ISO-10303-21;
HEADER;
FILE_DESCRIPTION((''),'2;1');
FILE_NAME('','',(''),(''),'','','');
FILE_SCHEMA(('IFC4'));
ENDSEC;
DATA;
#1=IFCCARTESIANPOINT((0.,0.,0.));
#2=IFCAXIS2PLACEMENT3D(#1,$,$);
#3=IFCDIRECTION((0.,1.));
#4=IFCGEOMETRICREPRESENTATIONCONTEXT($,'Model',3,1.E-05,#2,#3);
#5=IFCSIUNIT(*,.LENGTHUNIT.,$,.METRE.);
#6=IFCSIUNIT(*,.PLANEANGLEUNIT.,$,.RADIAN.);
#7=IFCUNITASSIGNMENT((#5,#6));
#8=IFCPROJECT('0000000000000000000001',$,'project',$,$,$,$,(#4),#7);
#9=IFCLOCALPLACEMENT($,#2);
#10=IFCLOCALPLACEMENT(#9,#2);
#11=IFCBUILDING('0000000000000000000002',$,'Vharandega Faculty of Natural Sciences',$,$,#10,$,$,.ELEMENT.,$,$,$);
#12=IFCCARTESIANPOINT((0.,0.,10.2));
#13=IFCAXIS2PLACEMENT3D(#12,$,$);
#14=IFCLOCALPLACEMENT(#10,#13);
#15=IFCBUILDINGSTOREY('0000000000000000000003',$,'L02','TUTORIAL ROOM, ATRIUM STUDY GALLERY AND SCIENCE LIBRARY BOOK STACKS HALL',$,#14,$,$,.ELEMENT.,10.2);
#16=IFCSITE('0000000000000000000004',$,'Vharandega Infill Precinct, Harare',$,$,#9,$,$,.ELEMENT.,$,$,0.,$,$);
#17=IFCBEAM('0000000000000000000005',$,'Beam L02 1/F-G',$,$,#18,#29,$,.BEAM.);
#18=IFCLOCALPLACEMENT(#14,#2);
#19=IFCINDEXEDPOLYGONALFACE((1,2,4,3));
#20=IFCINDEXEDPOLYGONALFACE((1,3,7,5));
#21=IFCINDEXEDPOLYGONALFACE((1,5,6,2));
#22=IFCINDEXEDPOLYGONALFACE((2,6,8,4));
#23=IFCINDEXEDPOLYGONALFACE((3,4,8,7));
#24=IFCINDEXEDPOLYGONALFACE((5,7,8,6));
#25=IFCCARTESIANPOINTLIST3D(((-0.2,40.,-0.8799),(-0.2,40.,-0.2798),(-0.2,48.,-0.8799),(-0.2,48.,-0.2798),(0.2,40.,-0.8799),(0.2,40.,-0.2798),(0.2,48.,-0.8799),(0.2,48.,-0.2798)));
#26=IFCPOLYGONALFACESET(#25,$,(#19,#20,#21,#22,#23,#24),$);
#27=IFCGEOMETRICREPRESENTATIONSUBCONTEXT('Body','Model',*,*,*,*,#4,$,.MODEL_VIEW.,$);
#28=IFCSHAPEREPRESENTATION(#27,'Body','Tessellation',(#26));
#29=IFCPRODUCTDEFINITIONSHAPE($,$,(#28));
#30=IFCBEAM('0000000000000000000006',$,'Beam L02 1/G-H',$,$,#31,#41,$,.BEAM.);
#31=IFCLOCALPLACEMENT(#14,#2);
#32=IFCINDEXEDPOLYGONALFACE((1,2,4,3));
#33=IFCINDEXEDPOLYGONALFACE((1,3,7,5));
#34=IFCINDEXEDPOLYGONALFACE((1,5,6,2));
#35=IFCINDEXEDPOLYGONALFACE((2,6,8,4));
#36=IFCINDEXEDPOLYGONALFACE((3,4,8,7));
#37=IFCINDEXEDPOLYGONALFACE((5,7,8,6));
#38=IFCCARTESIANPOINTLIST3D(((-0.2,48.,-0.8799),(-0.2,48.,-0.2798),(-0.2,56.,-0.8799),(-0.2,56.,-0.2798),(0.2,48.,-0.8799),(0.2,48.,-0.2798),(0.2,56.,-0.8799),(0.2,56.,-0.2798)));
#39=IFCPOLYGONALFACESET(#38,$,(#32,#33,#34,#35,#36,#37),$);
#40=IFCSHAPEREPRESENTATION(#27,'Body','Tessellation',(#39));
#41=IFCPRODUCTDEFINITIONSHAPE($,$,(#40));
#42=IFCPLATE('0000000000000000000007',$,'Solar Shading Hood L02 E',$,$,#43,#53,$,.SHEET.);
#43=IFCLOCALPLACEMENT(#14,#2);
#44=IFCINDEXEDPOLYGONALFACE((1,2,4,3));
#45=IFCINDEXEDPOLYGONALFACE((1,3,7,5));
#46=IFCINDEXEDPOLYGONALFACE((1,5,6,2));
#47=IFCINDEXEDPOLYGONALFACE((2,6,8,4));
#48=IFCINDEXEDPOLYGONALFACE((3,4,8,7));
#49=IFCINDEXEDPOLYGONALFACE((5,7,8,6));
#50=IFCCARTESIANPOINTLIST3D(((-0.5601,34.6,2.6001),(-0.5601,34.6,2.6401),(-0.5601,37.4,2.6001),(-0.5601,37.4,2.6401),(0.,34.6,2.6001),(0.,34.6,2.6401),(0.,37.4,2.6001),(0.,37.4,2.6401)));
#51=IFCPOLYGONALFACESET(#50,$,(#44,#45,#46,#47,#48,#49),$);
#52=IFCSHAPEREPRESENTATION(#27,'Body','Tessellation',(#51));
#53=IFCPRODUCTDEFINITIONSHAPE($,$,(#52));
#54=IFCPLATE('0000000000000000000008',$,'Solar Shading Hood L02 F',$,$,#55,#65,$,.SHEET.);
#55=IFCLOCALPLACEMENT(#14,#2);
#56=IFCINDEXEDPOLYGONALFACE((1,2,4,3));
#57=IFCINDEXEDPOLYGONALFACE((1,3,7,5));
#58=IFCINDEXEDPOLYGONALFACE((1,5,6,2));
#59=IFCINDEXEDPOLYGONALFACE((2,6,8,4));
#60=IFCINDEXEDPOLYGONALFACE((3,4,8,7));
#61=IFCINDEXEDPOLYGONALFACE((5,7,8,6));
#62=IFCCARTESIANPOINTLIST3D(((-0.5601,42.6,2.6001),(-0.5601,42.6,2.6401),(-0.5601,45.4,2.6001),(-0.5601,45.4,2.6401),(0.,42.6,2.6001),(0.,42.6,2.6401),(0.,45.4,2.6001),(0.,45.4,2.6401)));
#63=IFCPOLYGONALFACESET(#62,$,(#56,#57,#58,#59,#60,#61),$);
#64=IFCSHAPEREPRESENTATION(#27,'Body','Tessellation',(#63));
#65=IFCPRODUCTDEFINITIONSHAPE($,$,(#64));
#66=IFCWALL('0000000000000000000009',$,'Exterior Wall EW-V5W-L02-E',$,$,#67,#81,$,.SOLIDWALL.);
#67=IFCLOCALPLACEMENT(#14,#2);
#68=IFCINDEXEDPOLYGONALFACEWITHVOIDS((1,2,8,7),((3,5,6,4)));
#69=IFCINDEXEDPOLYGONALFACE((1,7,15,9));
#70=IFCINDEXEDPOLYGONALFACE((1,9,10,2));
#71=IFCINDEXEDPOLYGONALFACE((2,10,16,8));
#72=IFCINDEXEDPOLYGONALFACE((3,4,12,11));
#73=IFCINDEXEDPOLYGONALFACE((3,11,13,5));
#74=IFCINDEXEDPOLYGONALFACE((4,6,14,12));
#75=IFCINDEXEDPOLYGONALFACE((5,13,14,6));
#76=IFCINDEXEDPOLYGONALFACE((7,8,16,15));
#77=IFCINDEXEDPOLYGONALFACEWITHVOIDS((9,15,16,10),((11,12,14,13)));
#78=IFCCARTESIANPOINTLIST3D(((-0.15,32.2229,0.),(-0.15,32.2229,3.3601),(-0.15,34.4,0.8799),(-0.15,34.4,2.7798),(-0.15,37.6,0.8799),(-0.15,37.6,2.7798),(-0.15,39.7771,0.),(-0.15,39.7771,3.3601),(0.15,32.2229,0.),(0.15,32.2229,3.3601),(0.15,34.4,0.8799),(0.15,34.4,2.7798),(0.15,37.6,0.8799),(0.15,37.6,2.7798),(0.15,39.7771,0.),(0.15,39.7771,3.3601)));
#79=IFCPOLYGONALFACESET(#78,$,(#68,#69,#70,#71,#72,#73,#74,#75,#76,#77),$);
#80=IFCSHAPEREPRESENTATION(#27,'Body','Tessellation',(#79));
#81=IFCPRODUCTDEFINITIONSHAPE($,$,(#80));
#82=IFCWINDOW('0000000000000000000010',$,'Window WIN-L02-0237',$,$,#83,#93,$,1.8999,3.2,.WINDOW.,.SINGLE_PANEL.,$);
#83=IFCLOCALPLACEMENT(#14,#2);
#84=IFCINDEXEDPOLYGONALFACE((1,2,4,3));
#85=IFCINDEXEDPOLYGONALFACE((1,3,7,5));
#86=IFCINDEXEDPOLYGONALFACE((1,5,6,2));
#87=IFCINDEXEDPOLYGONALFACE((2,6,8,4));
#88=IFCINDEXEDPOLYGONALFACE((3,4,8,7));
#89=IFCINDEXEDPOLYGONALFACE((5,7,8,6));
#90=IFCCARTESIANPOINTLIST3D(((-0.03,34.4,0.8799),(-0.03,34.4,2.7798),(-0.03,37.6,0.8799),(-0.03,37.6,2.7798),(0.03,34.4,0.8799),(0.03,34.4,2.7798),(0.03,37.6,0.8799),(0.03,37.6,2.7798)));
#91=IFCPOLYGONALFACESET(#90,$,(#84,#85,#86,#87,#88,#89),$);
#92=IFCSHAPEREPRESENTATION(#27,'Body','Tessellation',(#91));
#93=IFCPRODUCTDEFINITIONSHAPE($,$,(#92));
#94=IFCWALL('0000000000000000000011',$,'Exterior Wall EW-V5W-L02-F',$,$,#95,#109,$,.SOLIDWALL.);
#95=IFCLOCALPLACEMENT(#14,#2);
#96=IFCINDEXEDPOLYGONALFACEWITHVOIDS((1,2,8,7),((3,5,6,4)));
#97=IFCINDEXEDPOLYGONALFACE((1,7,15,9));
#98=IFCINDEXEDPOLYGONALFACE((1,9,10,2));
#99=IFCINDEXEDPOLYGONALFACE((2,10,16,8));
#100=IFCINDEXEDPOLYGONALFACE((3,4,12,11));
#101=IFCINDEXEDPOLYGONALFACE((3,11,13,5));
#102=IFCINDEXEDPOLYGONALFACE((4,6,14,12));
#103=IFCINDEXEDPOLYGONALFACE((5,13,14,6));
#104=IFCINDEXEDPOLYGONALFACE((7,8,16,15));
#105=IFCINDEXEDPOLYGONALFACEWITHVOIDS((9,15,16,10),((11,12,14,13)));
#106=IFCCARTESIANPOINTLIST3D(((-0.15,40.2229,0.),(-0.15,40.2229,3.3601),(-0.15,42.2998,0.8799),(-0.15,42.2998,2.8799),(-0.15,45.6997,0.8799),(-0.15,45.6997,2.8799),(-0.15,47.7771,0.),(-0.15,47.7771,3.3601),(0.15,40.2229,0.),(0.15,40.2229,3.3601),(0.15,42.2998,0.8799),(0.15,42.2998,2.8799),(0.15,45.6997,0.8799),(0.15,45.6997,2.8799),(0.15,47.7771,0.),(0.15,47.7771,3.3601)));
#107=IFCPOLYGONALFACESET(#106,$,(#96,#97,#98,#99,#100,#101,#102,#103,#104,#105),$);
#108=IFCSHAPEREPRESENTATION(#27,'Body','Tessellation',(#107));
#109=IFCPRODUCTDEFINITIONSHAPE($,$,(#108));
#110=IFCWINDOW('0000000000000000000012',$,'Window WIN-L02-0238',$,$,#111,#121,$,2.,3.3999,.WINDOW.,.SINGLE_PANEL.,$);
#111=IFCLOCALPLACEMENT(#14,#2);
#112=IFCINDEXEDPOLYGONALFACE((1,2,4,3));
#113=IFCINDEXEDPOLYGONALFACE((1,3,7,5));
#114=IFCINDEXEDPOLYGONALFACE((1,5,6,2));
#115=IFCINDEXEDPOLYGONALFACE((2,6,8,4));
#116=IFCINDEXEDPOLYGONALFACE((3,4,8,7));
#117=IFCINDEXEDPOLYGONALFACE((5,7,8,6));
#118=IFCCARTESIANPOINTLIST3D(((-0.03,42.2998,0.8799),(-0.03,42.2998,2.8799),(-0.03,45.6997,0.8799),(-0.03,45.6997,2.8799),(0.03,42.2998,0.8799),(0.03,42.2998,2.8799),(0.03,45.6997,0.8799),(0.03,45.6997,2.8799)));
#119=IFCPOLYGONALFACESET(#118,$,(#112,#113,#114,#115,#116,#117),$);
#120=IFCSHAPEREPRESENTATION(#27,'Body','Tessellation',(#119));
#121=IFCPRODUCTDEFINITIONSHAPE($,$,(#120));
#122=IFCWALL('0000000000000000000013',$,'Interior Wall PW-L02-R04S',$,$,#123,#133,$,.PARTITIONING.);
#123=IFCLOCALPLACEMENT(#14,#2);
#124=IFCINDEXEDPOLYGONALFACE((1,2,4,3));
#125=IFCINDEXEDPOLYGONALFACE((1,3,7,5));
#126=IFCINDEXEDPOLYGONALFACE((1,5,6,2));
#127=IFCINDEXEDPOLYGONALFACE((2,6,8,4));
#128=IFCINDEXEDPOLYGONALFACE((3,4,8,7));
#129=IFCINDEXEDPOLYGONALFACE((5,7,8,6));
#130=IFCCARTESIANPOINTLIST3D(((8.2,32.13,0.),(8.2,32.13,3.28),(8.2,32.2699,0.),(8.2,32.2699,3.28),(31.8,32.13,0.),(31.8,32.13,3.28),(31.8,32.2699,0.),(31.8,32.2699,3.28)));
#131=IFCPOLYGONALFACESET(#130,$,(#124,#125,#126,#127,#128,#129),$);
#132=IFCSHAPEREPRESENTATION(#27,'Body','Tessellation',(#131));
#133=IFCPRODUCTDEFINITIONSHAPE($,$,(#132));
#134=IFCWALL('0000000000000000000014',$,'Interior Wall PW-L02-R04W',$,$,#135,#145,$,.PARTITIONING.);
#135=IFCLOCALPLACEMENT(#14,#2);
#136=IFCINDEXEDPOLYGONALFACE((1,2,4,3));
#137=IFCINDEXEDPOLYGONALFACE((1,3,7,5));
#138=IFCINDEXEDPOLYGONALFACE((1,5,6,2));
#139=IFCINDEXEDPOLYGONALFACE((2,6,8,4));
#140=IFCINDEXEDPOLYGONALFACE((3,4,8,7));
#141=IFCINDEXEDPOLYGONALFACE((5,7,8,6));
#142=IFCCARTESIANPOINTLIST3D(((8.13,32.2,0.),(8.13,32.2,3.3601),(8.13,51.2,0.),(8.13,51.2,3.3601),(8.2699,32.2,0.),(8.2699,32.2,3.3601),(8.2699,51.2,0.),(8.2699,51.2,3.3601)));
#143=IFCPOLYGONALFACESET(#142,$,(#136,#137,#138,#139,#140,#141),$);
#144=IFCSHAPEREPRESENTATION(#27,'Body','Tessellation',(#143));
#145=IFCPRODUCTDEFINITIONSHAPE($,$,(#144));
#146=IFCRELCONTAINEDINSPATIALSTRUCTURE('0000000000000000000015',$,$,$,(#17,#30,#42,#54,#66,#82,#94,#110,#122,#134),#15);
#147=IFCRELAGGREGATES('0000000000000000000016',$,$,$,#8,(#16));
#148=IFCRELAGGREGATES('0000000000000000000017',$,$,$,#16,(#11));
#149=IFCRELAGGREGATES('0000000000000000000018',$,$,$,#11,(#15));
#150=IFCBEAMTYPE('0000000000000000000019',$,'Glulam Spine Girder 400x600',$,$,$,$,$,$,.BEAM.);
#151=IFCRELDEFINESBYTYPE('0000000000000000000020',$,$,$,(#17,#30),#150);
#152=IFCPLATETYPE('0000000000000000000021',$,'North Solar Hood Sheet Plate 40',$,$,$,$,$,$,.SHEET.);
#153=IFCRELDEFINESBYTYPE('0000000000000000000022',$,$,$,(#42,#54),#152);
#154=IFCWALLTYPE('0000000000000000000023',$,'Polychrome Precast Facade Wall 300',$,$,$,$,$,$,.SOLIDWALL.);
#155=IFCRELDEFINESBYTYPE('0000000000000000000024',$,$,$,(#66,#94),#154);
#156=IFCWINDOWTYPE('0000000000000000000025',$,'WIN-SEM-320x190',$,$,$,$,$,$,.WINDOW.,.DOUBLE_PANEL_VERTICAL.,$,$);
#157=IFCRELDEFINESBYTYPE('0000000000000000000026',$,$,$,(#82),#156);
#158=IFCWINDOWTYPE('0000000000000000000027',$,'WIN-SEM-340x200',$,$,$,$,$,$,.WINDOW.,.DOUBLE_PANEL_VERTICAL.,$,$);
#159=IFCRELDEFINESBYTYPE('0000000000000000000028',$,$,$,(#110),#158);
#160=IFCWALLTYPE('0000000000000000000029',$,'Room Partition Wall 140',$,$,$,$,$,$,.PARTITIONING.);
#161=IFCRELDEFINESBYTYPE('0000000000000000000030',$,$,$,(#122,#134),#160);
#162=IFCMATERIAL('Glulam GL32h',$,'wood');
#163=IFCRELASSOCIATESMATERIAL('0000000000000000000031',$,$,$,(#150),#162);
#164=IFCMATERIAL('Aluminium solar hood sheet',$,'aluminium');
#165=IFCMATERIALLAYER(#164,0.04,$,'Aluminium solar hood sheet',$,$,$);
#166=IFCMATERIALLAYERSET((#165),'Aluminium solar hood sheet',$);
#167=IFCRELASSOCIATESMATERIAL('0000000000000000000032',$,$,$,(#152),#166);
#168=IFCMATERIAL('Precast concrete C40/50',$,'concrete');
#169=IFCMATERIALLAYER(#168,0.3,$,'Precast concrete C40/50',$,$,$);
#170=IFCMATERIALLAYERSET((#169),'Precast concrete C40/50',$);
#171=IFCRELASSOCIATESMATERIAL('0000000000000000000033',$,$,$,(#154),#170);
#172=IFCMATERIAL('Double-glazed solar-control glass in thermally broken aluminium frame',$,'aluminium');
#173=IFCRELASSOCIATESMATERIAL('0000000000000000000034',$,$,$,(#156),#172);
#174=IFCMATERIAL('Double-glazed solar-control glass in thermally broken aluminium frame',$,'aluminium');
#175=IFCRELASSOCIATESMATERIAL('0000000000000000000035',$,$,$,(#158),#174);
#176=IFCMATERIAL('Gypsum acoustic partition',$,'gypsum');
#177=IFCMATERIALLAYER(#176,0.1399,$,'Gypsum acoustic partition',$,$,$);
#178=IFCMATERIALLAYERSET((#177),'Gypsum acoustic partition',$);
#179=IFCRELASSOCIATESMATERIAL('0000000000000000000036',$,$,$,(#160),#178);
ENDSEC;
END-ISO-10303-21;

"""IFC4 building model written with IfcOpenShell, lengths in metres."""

from ifc_helpers import new_model, si_unit, direction, frame, frame_2d, origin, origin_2d, place, context, subcontext, project, spatial, rectangle, extrude, material, layer, layer_set, material_profile, profile_set, type_object, element, fill, save


model = new_model("IFC4")

# Units and contexts
model_context = context("Model", 3, precision=1e-05, world=origin(), true_north=direction((0.0, 1.0)))
body_context = subcontext(model_context, "Body", "Model", "MODEL_VIEW")
ifc_project = project(units=[si_unit("LENGTHUNIT", "METRE"), si_unit("PLANEANGLEUNIT", "RADIAN")], contexts=[model_context])

# Site, building, storey
site_placement = place(None, origin())
site = spatial("IfcSite", under=ifc_project, at=site_placement, Name="Vharandega Infill Precinct, Harare", CompositionType="ELEMENT", RefElevation=0.0)
building_placement = place(site_placement, origin())
building = spatial("IfcBuilding", under=site, at=building_placement, Name="Vharandega Faculty of Natural Sciences", CompositionType="ELEMENT")
storey_placement = place(building_placement, frame((0.0, 0.0, 10.2)))
storey = spatial("IfcBuildingStorey", under=building, at=storey_placement, Name="L02", Description="TUTORIAL ROOM, ATRIUM STUDY GALLERY AND SCIENCE LIBRARY BOOK STACKS HALL", CompositionType="ELEMENT", Elevation=10.2)

# Beams
ifc_material_1 = material(Name="Glulam GL32h", Category="wood")
ifc_material_profile_1 = material_profile(ifc_material_1, rectangle(XDim=0.3999, YDim=0.6001, at=origin_2d()), Name="GL32h 400x600")
ifc_profile_set_1 = profile_set([ifc_material_profile_1], Name="Glulam GL32h")
beam_type_1 = type_object("IfcBeamType", Name="Glulam Spine Girder 400x600", PredefinedType="BEAM", material=ifc_profile_set_1)
for number, where, z_axis, x_axis, name in (
    (1, (0.0, 40.0, -0.5798), (0.0, 1.0, 0.0), (-1.0, 0.0, 0.0), "Beam L02 1/F-G"),
    (2, (0.0, 48.0, -0.5798), (0.0, 1.0, 0.0), (-1.0, 0.0, 0.0), "Beam L02 1/G-H"),
):
    element("IfcBeam", number, at=place(storey_placement, frame(where, z_axis=z_axis, x_axis=x_axis)), inside=storey, type_object=beam_type_1, Name=name, PredefinedType="BEAM", context=body_context, shape_type="SweptSolid", body=[
        extrude(rectangle(XDim=0.3999, YDim=0.6001, at=origin_2d()), origin(), (0.0, 0.0, 1.0), 8.0),
    ])

# Plates
ifc_material_2 = material(Name="Aluminium solar hood sheet", Category="aluminium")
ifc_layer_1 = layer(ifc_material_2, 0.04, Name="Aluminium solar hood sheet")
ifc_layer_set_1 = layer_set([ifc_layer_1], Name="Aluminium solar hood sheet")
plate_type = type_object("IfcPlateType", Name="North Solar Hood Sheet Plate 40", PredefinedType="SHEET", material=ifc_layer_set_1)
for number, where, z_axis, x_axis, name in (
    (3, (-0.28, 36.0, 2.6001), (0.0, 0.0, 1.0), (1.0, 0.0, 0.0), "Solar Shading Hood L02 E"),
    (4, (-0.28, 44.0, 2.6001), (0.0, 0.0, 1.0), (1.0, 0.0, 0.0), "Solar Shading Hood L02 F"),
):
    element("IfcPlate", number, at=place(storey_placement, frame(where, z_axis=z_axis, x_axis=x_axis)), inside=storey, type_object=plate_type, Name=name, PredefinedType="SHEET", context=body_context, shape_type="SweptSolid", body=[
        extrude(rectangle(XDim=0.5601, YDim=2.8, at=origin_2d()), origin(), (0.0, 0.0, 1.0), 0.04),
    ])

# Walls, openings, windows
ifc_material_3 = material(Name="Precast concrete C40/50", Category="concrete")
ifc_layer_2 = layer(ifc_material_3, 0.3, Name="Precast concrete C40/50")
ifc_layer_set_2 = layer_set([ifc_layer_2], Name="Precast concrete C40/50")
wall_type_1 = type_object("IfcWallType", Name="Polychrome Precast Facade Wall 300", PredefinedType="SOLIDWALL", material=ifc_layer_set_2)
wall_1_placement = place(storey_placement, frame((0.0, 32.2229, 0.0), z_axis=(0.0, 0.0, 1.0), x_axis=(0.0, 1.0, 0.0)))
wall_1 = element("IfcWall", 5, at=wall_1_placement, inside=storey, type_object=wall_type_1, Name="Exterior Wall EW-V5W-L02-E", PredefinedType="SOLIDWALL", context=body_context, shape_type="SweptSolid", body=[
    extrude(rectangle(XDim=7.5542, YDim=0.3, at=frame_2d((3.7771, 0.0))), origin(), (0.0, 0.0, 1.0), 3.3601),
])
opening_1_placement = place(wall_1_placement, frame((2.177, 0.0, 0.8799)))
opening_1 = element("IfcOpeningElement", 6, at=opening_1_placement, cuts=wall_1, PredefinedType="OPENING", context=body_context, shape_type="SweptSolid", body=[
    extrude(rectangle(XDim=3.2, YDim=1.8999, at=frame_2d((1.6001, 0.95))), frame((0.0, 0.1602, 0.0), z_axis=(0.0, -1.0, 0.0), x_axis=(1.0, 0.0, 0.0)), (0.0, 0.0, 1.0), 0.3201),
])
ifc_material_4 = material(Name="Double-glazed solar-control glass in thermally broken aluminium frame", Category="aluminium")
window_type_1 = type_object("IfcWindowType", Name="WIN-SEM-320x190", PartitioningType="DOUBLE_PANEL_VERTICAL", PredefinedType="WINDOW", material=ifc_material_4)
window_1_placement = place(opening_1_placement, origin())
window_1 = element("IfcWindow", 7, at=window_1_placement, inside=storey, type_object=window_type_1, Name="Window WIN-L02-0237", OverallHeight=1.8999, OverallWidth=3.2, PartitioningType="SINGLE_PANEL", PredefinedType="WINDOW", context=body_context, shape_type="SweptSolid", body=[
    extrude(rectangle(XDim=3.2, YDim=1.8999, at=frame_2d((1.6001, 0.95))), frame((0.0, 0.03, 0.0), z_axis=(0.0, -1.0, 0.0), x_axis=(1.0, 0.0, 0.0)), (0.0, 0.0, 1.0), 0.0601),
])
fill(opening_1, window_1)
wall_2_placement = place(storey_placement, frame((0.0, 40.2229, 0.0), z_axis=(0.0, 0.0, 1.0), x_axis=(0.0, 1.0, 0.0)))
wall_2 = element("IfcWall", 8, at=wall_2_placement, inside=storey, type_object=wall_type_1, Name="Exterior Wall EW-V5W-L02-F", PredefinedType="SOLIDWALL", context=body_context, shape_type="SweptSolid", body=[
    extrude(rectangle(XDim=7.5542, YDim=0.3, at=frame_2d((3.7771, 0.0))), origin(), (0.0, 0.0, 1.0), 3.3601),
])
opening_2_placement = place(wall_2_placement, frame((2.0769, 0.0, 0.8799)))
opening_2 = element("IfcOpeningElement", 9, at=opening_2_placement, cuts=wall_2, PredefinedType="OPENING", context=body_context, shape_type="SweptSolid", body=[
    extrude(rectangle(XDim=3.3999, YDim=2.0, at=frame_2d((1.7, 1.0))), frame((0.0, 0.1602, 0.0), z_axis=(0.0, -1.0, 0.0), x_axis=(1.0, 0.0, 0.0)), (0.0, 0.0, 1.0), 0.3201),
])
ifc_material_5 = material(Name="Double-glazed solar-control glass in thermally broken aluminium frame", Category="aluminium")
window_type_2 = type_object("IfcWindowType", Name="WIN-SEM-340x200", PartitioningType="DOUBLE_PANEL_VERTICAL", PredefinedType="WINDOW", material=ifc_material_5)
window_2_placement = place(opening_2_placement, origin())
window_2 = element("IfcWindow", 10, at=window_2_placement, inside=storey, type_object=window_type_2, Name="Window WIN-L02-0238", OverallHeight=2.0, OverallWidth=3.3999, PartitioningType="SINGLE_PANEL", PredefinedType="WINDOW", context=body_context, shape_type="SweptSolid", body=[
    extrude(rectangle(XDim=3.3999, YDim=2.0, at=frame_2d((1.7, 1.0))), frame((0.0, 0.03, 0.0), z_axis=(0.0, -1.0, 0.0), x_axis=(1.0, 0.0, 0.0)), (0.0, 0.0, 1.0), 0.0601),
])
fill(opening_2, window_2)

# Walls
ifc_material_6 = material(Name="Gypsum acoustic partition", Category="gypsum")
ifc_layer_3 = layer(ifc_material_6, 0.1399, Name="Gypsum acoustic partition")
ifc_layer_set_3 = layer_set([ifc_layer_3], Name="Gypsum acoustic partition")
wall_type_2 = type_object("IfcWallType", Name="Room Partition Wall 140", PredefinedType="PARTITIONING", material=ifc_layer_set_3)
wall_3_placement = place(storey_placement, frame((8.2, 32.2, 0.0), z_axis=(0.0, 0.0, 1.0), x_axis=(1.0, 0.0, 0.0)))
element("IfcWall", 11, at=wall_3_placement, inside=storey, type_object=wall_type_2, Name="Interior Wall PW-L02-R04S", PredefinedType="PARTITIONING", context=body_context, shape_type="SweptSolid", body=[
    extrude(rectangle(XDim=23.6001, YDim=0.1399, at=frame_2d((11.8, 0.0))), origin(), (0.0, 0.0, 1.0), 3.28),
])
wall_4_placement = place(storey_placement, frame((8.2, 32.2, 0.0), z_axis=(0.0, 0.0, 1.0), x_axis=(0.0, 1.0, 0.0)))
element("IfcWall", 12, at=wall_4_placement, inside=storey, type_object=wall_type_2, Name="Interior Wall PW-L02-R04W", PredefinedType="PARTITIONING", context=body_context, shape_type="SweptSolid", body=[
    extrude(rectangle(XDim=19.0, YDim=0.1399, at=frame_2d((9.5, 0.0))), origin(), (0.0, 0.0, 1.0), 3.3601),
])

save(model, "model.ifc")
